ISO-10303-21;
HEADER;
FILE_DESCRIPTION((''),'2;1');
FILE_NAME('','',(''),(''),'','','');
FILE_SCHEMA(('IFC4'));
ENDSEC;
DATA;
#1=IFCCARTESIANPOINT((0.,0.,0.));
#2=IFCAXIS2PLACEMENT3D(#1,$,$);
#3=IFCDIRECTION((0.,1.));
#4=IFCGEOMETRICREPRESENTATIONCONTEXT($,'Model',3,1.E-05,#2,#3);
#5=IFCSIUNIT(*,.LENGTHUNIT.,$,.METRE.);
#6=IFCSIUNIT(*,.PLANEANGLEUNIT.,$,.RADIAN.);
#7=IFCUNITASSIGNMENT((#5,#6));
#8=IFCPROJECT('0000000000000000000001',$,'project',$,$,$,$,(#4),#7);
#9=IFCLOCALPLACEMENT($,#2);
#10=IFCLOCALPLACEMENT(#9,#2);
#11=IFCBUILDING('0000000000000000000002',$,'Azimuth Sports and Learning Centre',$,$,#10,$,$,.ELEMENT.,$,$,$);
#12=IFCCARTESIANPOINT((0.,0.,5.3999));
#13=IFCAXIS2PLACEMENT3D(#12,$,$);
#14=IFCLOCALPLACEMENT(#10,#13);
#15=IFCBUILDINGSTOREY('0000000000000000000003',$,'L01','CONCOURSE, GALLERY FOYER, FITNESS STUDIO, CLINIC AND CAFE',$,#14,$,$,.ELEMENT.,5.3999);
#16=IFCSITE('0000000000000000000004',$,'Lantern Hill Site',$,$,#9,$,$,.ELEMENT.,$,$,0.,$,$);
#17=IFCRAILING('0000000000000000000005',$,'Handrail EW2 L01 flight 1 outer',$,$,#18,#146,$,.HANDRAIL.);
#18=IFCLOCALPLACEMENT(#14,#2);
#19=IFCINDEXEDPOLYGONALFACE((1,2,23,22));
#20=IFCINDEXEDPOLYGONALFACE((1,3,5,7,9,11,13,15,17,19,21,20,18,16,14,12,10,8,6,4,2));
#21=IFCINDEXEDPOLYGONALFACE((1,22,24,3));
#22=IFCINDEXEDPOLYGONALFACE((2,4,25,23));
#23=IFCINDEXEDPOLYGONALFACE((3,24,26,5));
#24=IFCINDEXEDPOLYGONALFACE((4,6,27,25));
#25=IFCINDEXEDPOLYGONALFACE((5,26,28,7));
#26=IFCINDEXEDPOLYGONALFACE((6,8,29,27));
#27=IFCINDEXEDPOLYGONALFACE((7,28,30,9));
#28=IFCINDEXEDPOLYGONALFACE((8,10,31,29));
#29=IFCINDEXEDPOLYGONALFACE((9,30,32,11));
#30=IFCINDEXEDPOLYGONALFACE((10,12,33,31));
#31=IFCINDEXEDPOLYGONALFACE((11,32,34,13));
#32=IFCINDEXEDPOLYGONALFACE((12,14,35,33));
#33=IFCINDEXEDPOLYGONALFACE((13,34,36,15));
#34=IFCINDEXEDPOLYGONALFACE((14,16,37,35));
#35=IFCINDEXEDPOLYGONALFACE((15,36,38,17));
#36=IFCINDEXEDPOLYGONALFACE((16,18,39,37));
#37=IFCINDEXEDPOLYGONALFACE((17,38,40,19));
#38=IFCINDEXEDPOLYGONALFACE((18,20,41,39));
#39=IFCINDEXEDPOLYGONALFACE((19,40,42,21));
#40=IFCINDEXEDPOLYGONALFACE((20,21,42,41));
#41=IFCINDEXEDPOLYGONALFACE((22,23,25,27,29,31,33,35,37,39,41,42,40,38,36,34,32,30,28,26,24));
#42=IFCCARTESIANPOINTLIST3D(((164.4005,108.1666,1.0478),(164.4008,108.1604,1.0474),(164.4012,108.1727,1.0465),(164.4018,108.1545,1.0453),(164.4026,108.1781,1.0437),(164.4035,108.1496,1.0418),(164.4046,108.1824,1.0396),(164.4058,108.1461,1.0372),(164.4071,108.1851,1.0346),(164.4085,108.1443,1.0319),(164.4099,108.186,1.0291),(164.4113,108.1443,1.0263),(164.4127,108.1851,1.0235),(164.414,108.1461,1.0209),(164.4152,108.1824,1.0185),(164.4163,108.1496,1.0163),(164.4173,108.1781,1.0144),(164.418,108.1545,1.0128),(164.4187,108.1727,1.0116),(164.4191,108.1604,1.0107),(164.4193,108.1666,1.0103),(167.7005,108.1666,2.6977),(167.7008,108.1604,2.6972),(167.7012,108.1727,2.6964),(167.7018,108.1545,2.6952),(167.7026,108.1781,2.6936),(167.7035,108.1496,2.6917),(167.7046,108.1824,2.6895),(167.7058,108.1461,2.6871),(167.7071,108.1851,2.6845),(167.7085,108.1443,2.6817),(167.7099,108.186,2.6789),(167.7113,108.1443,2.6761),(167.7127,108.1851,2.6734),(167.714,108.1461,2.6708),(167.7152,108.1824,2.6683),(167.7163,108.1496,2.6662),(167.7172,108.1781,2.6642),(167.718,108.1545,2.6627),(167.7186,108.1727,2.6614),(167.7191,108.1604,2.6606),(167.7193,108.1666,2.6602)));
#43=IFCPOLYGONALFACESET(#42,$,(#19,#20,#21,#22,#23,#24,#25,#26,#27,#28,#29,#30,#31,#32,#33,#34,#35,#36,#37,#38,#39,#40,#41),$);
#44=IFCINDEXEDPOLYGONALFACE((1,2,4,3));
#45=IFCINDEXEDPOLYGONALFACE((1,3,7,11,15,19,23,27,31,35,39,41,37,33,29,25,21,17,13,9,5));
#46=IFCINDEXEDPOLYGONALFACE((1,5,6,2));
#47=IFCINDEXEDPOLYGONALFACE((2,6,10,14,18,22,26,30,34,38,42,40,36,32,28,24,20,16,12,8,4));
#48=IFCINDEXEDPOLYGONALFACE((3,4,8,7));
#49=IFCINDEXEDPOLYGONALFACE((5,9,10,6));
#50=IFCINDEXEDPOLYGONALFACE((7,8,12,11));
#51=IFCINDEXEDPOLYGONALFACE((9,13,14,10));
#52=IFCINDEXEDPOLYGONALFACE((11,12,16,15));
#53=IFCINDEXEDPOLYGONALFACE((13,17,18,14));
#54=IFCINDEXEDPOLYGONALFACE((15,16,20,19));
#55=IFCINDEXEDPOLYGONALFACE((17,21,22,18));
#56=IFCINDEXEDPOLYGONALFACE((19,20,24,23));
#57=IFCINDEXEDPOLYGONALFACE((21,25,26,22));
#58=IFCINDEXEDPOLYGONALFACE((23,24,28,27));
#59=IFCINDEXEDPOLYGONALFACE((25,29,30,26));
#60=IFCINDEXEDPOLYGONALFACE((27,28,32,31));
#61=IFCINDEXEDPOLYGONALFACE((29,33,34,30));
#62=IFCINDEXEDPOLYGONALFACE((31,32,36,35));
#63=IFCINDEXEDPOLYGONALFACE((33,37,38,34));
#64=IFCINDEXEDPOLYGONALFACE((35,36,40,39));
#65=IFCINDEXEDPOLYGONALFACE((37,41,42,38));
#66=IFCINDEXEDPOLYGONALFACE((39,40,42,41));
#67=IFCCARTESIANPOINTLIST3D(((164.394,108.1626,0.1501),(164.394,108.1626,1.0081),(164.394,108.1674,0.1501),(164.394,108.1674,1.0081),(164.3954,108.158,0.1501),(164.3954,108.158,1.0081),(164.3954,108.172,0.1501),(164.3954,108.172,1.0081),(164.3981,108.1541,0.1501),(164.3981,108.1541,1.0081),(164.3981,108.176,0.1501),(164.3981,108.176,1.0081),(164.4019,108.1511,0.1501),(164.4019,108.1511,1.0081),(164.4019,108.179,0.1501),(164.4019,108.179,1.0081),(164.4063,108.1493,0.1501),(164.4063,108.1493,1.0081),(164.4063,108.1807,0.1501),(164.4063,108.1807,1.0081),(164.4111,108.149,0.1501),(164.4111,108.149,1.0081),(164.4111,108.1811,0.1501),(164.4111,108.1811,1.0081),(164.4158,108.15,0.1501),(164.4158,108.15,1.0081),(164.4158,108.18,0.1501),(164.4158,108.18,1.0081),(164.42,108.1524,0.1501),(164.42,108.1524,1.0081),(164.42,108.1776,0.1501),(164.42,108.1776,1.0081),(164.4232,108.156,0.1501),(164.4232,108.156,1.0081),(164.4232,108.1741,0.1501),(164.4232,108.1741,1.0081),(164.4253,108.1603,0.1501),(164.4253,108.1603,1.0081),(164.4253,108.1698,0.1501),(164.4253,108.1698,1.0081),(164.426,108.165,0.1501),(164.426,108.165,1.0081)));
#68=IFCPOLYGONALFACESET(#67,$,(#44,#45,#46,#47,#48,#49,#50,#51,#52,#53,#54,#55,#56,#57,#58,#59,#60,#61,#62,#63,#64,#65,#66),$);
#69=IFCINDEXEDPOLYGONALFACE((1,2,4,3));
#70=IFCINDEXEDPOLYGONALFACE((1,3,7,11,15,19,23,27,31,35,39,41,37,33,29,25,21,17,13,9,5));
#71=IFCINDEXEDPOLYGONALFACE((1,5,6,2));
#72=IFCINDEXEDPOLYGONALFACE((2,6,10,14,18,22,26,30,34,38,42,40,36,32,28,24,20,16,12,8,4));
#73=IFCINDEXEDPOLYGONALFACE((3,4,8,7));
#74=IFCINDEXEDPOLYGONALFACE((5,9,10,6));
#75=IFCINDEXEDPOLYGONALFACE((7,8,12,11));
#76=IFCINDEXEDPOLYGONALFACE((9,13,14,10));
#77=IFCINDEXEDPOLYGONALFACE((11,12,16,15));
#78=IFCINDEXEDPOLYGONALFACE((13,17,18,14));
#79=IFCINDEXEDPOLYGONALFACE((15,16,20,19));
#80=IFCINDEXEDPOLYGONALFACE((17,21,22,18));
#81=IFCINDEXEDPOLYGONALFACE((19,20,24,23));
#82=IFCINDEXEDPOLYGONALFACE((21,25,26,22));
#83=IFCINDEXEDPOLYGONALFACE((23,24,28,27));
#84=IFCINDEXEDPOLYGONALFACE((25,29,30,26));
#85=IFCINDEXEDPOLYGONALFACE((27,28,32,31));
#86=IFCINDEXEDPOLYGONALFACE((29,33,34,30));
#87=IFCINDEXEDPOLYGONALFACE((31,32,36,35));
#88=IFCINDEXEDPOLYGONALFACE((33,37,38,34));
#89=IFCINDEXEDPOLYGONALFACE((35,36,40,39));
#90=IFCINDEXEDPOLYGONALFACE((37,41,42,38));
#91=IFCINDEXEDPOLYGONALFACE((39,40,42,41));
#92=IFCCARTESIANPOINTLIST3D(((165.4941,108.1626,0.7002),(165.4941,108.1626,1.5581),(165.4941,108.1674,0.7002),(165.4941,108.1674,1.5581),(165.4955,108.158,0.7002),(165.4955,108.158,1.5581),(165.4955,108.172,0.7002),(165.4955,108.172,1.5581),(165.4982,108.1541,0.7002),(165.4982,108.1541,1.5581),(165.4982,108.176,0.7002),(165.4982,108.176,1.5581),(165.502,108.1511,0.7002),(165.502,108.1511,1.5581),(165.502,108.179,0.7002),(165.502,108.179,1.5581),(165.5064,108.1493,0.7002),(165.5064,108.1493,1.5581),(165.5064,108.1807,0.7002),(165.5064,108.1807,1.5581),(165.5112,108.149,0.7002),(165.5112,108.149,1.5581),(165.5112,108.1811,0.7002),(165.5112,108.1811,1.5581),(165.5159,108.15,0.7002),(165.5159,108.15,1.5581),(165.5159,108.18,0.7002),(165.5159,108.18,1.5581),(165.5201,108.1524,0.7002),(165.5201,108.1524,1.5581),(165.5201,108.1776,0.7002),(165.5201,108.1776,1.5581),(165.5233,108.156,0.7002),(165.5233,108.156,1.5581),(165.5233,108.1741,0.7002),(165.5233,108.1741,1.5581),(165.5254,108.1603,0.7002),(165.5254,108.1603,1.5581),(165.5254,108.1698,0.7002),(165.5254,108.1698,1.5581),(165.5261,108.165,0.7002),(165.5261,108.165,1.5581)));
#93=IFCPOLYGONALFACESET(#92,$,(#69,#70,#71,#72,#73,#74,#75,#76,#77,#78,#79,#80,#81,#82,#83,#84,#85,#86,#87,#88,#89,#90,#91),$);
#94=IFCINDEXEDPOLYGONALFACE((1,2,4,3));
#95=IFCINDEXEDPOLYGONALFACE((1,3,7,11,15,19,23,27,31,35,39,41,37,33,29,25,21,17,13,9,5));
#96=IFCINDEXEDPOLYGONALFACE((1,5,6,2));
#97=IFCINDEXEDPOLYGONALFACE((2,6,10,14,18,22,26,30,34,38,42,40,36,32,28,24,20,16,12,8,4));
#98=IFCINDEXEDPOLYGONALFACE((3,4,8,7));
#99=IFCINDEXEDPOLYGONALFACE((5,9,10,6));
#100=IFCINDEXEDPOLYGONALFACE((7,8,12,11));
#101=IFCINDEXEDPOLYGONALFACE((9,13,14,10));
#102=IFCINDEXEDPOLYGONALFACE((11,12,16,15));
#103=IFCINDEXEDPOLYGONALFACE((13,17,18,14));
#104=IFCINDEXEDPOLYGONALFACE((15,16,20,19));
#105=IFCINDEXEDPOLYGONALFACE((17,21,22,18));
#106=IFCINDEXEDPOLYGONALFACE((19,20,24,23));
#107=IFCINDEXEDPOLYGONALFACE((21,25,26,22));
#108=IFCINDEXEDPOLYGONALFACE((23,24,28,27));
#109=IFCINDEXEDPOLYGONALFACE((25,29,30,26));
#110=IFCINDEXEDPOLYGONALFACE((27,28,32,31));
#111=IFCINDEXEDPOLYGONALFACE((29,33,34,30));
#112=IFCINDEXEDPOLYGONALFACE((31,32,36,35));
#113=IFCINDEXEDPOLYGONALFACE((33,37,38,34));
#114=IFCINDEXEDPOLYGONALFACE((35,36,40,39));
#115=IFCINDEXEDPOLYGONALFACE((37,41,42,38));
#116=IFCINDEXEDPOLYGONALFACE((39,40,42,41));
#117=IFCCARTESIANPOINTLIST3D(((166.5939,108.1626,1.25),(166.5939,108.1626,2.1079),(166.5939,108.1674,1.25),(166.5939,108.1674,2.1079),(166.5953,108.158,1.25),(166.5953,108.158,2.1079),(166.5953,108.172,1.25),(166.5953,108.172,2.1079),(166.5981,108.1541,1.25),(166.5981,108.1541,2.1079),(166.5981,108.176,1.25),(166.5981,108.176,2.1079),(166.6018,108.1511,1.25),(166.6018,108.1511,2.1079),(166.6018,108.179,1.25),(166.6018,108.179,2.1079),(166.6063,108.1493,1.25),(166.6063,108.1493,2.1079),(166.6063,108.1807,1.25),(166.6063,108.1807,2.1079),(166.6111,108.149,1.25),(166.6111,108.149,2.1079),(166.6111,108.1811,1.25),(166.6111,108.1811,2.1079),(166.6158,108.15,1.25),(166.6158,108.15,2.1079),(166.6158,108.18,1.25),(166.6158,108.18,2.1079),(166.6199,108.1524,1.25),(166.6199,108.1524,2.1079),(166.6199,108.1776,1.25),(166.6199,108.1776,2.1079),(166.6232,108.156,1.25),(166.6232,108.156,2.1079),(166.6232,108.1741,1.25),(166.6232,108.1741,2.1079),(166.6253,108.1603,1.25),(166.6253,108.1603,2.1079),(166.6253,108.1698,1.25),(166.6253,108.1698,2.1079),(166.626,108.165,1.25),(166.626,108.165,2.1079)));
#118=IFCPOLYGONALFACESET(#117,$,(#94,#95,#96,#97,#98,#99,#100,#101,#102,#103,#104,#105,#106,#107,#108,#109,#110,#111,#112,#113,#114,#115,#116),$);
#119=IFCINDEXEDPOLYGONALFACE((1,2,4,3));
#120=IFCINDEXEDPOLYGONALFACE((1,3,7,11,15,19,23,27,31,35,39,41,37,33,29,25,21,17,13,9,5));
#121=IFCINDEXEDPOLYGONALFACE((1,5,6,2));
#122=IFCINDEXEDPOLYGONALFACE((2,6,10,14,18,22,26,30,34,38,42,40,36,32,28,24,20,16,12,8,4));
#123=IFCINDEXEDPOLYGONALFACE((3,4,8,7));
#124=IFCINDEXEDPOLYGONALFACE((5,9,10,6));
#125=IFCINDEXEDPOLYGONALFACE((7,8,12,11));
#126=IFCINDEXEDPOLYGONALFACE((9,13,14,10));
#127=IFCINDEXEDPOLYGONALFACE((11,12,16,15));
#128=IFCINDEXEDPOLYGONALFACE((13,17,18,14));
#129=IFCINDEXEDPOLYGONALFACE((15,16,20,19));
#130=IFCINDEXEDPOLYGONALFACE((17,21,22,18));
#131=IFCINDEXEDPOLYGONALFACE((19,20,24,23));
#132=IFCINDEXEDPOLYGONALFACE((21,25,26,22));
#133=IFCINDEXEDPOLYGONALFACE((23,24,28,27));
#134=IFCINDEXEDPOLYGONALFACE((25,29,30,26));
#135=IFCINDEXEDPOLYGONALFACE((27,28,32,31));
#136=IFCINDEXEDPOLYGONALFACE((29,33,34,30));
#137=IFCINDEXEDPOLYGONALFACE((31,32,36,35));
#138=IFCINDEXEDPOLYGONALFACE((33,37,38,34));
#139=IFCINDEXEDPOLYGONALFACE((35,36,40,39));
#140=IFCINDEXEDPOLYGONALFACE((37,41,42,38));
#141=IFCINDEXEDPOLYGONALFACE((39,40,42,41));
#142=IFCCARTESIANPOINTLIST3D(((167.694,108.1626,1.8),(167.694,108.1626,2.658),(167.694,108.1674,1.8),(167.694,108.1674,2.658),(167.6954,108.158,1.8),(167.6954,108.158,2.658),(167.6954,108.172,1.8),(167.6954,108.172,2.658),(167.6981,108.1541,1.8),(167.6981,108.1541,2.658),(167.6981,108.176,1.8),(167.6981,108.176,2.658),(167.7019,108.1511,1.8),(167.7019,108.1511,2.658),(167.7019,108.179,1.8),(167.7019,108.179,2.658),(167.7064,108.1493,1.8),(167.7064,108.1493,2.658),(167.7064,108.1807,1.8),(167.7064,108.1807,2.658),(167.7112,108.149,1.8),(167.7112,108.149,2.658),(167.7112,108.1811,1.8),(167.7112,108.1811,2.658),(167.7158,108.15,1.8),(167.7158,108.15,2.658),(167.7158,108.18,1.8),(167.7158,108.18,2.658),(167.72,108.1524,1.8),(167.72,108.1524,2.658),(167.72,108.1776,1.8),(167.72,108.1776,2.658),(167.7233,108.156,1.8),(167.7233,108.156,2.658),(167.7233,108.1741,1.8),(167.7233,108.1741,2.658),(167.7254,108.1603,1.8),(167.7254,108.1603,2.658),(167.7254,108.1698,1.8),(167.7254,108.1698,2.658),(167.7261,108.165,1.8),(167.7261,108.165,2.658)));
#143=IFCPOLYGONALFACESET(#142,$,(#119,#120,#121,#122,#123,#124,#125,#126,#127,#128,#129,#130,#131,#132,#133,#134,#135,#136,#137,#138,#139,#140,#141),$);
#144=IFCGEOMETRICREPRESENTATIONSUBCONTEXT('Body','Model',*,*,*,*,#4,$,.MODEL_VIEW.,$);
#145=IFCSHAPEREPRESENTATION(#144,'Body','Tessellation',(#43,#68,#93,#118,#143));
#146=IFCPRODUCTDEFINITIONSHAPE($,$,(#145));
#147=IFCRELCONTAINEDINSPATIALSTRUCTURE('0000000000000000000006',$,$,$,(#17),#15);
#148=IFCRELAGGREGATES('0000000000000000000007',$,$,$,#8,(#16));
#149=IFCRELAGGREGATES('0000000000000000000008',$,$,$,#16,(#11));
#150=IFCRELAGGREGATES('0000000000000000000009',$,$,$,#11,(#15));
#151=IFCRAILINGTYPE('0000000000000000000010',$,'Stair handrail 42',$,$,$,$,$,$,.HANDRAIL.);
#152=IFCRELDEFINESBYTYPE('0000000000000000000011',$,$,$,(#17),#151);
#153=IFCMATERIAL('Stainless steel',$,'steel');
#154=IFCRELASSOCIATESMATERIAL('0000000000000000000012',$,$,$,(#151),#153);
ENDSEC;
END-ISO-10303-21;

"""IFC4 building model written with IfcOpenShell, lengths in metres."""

from ifc_helpers import new_model, si_unit, direction, frame, origin, origin_2d, place, context, subcontext, project, spatial, circle, extrude, material, type_object, element, save


model = new_model("IFC4")

# Units and contexts
model_context = context("Model", 3, precision=1e-05, world=origin(), true_north=direction((0.0, 1.0)))
body_context = subcontext(model_context, "Body", "Model", "MODEL_VIEW")
ifc_project = project(units=[si_unit("LENGTHUNIT", "METRE"), si_unit("PLANEANGLEUNIT", "RADIAN")], contexts=[model_context])

# Site, building, storey
site_placement = place(None, origin())
site = spatial("IfcSite", under=ifc_project, at=site_placement, Name="Lantern Hill Site", CompositionType="ELEMENT", RefElevation=0.0)
building_placement = place(site_placement, origin())
building = spatial("IfcBuilding", under=site, at=building_placement, Name="Azimuth Sports and Learning Centre", CompositionType="ELEMENT")
storey_placement = place(building_placement, frame((0.0, 0.0, 5.3999)))
storey = spatial("IfcBuildingStorey", under=building, at=storey_placement, Name="L01", Description="CONCOURSE, GALLERY FOYER, FITNESS STUDIO, CLINIC AND CAFE", CompositionType="ELEMENT", Elevation=5.3999)

# Railing
ifc_material_1 = material(Name="Stainless steel", Category="steel")
railing_type_1 = type_object("IfcRailingType", Name="Stair handrail 42", PredefinedType="HANDRAIL", material=ifc_material_1)
for number, where, name in (
    (1, (164.4099, 108.165, 0.1501), "Handrail EW2 L01 flight 1 outer"),
):
    element("IfcRailing", number, at=place(storey_placement, frame(where)), inside=storey, type_object=railing_type_1, Name=name, PredefinedType="HANDRAIL", context=body_context, shape_type="SweptSolid", body=[
        extrude(circle(Radius=0.021, at=origin_2d()), frame((0.0, 0.0, 0.8789), z_axis=(0.89444, 0.0, 0.447187), x_axis=(0.0, 1.0, 0.0)), (0.0, 0.0, 1.0), 3.6895),
        extrude(circle(Radius=0.0161, at=origin_2d()), origin(), (0.0, 0.0, 1.0), 0.8579),
        extrude(circle(Radius=0.0161, at=origin_2d()), frame((1.1001, 0.0, 0.55)), (0.0, 0.0, 1.0), 0.8579),
        extrude(circle(Radius=0.0161, at=origin_2d()), frame((2.2, 0.0, 1.0999)), (0.0, 0.0, 1.0), 0.8579),
        extrude(circle(Radius=0.0161, at=origin_2d()), frame((3.3, 0.0, 1.6499)), (0.0, 0.0, 1.0), 0.8579),
    ])

save(model, "model.ifc")
